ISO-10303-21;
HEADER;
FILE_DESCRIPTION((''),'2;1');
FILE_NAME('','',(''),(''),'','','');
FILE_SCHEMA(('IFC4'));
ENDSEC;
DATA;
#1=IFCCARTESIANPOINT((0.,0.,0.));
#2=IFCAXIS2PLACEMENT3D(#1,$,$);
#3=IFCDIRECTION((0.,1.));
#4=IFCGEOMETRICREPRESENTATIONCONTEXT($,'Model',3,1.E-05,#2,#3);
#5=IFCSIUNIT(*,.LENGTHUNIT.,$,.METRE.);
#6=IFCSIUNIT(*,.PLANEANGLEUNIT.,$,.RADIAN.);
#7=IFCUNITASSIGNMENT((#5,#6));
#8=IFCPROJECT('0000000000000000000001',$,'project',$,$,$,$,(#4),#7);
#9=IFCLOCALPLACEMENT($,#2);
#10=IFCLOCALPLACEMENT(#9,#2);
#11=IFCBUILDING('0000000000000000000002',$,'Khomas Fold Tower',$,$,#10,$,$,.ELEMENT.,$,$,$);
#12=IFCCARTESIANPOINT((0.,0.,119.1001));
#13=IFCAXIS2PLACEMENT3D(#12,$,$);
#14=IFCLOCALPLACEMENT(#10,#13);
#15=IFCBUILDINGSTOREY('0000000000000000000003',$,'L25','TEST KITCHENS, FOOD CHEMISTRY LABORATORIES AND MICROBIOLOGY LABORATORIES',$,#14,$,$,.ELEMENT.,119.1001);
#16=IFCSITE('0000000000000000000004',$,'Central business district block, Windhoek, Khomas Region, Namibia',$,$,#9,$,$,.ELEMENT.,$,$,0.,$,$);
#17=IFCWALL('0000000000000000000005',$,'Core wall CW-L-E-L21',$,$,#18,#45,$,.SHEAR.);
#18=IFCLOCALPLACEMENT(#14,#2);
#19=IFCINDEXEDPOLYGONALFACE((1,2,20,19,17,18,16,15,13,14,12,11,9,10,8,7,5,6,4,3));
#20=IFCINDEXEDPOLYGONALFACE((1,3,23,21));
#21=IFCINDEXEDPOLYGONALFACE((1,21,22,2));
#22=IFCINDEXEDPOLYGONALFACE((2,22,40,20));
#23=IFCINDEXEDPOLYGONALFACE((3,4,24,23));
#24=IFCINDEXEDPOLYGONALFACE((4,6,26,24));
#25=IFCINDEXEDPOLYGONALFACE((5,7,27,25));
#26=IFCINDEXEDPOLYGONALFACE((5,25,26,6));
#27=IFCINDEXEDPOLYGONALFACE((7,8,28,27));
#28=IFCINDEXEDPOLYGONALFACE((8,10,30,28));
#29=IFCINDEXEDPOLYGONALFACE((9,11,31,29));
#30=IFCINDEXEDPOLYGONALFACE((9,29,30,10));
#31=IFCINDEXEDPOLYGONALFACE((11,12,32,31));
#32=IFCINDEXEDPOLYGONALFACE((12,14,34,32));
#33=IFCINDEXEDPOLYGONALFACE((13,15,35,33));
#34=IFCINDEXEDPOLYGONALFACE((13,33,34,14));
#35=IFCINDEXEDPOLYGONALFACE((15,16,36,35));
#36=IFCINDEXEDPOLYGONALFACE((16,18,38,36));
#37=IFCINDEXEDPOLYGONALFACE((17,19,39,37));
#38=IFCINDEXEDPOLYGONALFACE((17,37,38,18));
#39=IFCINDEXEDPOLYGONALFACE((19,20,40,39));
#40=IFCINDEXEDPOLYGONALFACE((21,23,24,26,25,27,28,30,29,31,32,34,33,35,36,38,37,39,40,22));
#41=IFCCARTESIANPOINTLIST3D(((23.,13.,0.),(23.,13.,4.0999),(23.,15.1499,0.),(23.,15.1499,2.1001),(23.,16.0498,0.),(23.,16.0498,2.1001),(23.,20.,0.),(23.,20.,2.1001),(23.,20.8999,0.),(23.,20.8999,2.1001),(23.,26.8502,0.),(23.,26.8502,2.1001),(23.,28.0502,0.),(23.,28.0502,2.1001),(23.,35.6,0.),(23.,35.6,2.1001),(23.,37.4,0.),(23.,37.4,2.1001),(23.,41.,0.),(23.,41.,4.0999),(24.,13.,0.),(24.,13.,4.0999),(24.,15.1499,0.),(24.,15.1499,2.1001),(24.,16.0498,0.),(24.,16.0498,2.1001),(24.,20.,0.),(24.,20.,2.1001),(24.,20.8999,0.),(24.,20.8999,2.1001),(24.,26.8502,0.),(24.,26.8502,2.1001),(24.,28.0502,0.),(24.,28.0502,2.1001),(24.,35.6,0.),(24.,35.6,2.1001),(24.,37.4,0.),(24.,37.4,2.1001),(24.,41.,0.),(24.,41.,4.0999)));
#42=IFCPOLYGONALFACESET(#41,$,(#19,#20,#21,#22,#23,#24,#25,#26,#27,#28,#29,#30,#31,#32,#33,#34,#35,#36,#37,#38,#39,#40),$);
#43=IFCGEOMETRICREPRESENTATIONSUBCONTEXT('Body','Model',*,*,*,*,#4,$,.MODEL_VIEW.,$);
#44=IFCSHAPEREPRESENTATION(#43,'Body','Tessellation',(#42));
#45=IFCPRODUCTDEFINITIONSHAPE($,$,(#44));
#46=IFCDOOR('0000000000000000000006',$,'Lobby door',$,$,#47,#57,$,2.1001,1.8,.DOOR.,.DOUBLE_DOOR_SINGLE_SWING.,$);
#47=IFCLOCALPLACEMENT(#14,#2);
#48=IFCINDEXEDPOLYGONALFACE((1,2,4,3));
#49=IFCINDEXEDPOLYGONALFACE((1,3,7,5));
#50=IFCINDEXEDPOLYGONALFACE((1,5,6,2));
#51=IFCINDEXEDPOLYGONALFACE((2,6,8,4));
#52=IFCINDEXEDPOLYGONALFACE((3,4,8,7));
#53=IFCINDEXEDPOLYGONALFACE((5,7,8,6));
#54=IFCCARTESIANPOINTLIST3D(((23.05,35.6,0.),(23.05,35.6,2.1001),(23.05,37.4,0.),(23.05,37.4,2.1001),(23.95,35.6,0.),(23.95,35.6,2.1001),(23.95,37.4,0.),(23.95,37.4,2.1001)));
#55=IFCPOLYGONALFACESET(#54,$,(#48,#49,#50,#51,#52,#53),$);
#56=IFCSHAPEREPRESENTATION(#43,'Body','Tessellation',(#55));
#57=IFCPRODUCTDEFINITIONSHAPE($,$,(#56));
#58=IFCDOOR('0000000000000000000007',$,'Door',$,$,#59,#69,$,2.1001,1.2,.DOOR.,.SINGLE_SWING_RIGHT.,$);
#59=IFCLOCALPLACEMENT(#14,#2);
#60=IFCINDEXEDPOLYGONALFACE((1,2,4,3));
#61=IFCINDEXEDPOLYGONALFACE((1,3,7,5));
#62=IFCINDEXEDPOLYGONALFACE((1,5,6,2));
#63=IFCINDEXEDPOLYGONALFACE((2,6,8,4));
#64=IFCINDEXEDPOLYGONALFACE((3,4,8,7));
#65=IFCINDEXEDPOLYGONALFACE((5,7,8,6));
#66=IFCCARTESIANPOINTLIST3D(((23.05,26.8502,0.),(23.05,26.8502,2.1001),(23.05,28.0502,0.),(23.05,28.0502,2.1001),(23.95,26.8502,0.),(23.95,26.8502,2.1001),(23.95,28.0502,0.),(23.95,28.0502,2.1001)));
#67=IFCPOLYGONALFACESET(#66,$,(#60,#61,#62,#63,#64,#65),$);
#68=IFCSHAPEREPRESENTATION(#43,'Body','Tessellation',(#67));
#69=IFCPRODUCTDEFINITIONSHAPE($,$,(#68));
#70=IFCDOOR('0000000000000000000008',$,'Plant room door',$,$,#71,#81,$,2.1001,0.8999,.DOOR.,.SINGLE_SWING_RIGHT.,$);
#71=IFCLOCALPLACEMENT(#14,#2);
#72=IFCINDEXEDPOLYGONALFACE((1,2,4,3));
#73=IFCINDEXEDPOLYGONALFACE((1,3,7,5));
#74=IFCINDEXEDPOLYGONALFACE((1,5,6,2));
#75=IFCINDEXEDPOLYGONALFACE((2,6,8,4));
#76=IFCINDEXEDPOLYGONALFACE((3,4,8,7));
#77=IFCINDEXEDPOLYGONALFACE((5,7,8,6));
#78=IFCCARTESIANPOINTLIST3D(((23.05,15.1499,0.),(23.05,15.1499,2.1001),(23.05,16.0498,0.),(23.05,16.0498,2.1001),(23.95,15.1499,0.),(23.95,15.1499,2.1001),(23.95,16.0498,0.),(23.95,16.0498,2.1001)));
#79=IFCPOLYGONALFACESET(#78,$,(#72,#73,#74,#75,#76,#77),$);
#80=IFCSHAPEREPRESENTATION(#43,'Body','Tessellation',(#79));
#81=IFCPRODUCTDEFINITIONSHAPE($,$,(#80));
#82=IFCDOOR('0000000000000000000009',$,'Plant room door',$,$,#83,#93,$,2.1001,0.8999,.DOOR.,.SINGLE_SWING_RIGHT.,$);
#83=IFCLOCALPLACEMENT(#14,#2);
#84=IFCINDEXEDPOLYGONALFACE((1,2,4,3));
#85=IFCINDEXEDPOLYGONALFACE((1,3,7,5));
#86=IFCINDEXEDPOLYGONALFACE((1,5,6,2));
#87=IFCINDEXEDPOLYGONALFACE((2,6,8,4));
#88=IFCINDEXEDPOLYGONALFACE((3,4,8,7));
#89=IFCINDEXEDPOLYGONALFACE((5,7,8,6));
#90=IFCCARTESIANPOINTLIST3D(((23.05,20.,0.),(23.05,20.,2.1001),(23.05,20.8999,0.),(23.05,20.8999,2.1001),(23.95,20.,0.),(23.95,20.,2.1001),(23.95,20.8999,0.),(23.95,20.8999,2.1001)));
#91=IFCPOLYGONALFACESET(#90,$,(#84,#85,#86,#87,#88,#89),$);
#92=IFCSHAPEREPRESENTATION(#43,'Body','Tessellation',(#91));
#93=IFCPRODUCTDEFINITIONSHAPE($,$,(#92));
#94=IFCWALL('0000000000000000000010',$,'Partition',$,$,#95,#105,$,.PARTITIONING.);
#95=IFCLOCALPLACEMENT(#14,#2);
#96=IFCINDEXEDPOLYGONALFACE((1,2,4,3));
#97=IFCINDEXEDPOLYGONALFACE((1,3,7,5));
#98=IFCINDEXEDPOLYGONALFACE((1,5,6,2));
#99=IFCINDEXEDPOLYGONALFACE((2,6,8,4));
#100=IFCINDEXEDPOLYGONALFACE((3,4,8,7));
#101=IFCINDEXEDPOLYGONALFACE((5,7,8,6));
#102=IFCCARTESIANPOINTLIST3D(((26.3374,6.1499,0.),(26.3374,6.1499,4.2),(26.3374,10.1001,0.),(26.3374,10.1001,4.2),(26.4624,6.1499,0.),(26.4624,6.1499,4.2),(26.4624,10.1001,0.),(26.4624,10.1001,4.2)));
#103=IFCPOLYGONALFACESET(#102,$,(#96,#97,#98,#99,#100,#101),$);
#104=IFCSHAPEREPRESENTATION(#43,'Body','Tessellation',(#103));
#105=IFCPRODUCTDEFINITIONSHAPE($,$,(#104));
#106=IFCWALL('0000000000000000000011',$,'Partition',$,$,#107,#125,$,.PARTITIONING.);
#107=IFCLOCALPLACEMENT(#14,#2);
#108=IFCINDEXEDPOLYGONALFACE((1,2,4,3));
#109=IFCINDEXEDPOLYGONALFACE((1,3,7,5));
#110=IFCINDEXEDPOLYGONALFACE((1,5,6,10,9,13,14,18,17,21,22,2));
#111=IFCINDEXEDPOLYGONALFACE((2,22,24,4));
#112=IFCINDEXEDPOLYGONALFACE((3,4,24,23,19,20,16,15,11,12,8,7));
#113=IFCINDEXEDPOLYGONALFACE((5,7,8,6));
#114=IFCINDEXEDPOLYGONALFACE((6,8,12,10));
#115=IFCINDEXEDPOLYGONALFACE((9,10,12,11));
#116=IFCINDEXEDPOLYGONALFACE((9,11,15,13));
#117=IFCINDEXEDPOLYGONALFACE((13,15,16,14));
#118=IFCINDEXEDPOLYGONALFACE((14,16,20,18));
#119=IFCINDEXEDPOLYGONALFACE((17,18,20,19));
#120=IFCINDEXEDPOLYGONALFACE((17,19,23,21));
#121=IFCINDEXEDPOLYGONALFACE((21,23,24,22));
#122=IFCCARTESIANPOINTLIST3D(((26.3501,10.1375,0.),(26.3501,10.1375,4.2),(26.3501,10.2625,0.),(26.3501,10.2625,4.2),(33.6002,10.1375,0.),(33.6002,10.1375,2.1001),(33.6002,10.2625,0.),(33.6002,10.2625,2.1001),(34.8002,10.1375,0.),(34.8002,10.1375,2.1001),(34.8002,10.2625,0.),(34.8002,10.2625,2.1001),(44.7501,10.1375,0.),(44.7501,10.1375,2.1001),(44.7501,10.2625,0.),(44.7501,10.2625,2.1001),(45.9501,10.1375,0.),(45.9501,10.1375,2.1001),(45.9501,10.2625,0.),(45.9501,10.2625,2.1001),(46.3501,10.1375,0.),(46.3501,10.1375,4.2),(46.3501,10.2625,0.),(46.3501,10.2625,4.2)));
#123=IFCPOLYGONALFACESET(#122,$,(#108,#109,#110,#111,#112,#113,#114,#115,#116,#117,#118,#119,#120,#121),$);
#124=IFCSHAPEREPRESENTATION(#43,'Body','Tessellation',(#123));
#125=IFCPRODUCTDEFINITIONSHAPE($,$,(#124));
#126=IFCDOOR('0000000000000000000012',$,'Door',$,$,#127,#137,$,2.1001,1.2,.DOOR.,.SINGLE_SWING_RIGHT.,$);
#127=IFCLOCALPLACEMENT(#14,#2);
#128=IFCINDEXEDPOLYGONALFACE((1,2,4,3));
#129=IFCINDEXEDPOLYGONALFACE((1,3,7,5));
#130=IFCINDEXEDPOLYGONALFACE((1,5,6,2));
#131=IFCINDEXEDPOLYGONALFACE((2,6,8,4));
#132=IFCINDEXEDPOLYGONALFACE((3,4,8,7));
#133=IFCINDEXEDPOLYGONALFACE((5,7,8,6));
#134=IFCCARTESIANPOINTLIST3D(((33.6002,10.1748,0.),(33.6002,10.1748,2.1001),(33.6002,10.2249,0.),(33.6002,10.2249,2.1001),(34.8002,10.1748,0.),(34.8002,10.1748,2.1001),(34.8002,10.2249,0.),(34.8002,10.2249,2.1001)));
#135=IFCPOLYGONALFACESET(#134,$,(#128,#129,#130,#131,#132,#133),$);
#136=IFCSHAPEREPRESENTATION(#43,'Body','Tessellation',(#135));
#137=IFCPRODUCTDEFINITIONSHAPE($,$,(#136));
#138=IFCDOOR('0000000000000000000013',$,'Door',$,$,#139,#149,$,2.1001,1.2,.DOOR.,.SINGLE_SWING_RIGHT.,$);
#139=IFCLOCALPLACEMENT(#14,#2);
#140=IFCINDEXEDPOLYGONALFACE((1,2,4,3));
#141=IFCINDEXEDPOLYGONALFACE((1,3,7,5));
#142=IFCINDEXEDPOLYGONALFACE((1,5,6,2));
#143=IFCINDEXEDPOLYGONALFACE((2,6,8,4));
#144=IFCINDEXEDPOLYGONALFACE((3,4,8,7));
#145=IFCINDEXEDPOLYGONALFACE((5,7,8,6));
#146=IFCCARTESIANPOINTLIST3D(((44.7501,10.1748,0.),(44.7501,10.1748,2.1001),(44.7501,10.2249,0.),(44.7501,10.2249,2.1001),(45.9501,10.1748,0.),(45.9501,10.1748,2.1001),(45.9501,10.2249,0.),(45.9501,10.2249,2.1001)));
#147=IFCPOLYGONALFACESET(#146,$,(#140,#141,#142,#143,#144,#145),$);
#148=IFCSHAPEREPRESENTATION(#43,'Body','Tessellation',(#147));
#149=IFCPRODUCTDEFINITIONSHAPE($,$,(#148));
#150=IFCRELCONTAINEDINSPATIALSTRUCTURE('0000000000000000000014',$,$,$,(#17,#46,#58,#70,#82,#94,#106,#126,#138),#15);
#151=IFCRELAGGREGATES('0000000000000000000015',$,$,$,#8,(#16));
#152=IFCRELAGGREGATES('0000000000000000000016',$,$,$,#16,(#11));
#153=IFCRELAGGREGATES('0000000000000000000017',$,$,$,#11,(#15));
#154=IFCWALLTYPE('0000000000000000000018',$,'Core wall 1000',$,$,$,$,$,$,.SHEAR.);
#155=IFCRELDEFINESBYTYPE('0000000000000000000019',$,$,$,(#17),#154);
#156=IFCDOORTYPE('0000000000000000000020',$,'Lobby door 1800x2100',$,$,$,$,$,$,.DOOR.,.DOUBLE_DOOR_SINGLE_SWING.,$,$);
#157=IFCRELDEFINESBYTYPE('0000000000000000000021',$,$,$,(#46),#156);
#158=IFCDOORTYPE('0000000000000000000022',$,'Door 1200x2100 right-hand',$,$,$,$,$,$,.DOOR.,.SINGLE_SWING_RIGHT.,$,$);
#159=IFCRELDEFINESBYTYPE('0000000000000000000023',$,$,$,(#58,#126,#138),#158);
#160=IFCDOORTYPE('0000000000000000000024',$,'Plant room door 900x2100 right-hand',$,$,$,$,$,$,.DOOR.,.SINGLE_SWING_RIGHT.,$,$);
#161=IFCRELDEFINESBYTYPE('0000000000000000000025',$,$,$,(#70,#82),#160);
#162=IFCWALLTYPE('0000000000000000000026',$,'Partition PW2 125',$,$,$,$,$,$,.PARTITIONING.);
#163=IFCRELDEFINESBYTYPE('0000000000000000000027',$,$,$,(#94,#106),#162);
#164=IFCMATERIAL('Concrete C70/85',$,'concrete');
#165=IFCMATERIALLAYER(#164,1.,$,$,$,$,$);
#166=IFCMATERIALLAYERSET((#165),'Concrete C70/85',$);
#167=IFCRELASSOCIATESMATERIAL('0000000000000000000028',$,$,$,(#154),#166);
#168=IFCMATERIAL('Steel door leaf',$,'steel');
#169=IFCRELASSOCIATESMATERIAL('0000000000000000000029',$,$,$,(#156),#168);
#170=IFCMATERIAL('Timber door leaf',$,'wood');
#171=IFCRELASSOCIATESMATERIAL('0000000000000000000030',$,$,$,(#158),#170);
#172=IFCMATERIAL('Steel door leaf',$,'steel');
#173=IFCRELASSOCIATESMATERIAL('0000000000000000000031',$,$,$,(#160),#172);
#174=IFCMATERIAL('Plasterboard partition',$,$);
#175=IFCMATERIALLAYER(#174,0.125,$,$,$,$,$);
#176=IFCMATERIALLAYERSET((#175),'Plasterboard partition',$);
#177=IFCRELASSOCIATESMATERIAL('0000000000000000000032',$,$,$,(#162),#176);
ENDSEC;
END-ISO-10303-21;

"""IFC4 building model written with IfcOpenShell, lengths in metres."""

from ifc_helpers import new_model, si_unit, direction, frame, frame_2d, origin, place, context, subcontext, project, spatial, rectangle, extrude, source, transform, mapped, material, layer, layer_set, type_object, element, fill, save


model = new_model("IFC4")

# Units and contexts
model_context = context("Model", 3, precision=1e-05, world=origin(), true_north=direction((0.0, 1.0)))
body_context = subcontext(model_context, "Body", "Model", "MODEL_VIEW")
ifc_project = project(units=[si_unit("LENGTHUNIT", "METRE"), si_unit("PLANEANGLEUNIT", "RADIAN")], contexts=[model_context])

# Site, building, storey
site_placement = place(None, origin())
site = spatial("IfcSite", under=ifc_project, at=site_placement, Name="Central business district block, Windhoek, Khomas Region, Namibia", CompositionType="ELEMENT", RefElevation=0.0)
building_placement = place(site_placement, origin())
building = spatial("IfcBuilding", under=site, at=building_placement, Name="Khomas Fold Tower", CompositionType="ELEMENT")
storey_placement = place(building_placement, frame((0.0, 0.0, 119.1001)))
storey = spatial("IfcBuildingStorey", under=building, at=storey_placement, Name="L25", Description="TEST KITCHENS, FOOD CHEMISTRY LABORATORIES AND MICROBIOLOGY LABORATORIES", CompositionType="ELEMENT", Elevation=119.1001)

# Shared definitions
ifc_material_1 = material(Name="Concrete C70/85", Category="concrete")
ifc_layer_1 = layer(ifc_material_1, 1.0)
ifc_layer_set_1 = layer_set([ifc_layer_1], Name="Concrete C70/85")
wall_type_1 = type_object("IfcWallType", Name="Core wall 1000", PredefinedType="SHEAR", material=ifc_layer_set_1)

# Wall, openings, doors
shared_shape_1 = source(origin(), body_context, "Body", "SweptSolid", [
    extrude(rectangle(XDim=28.0, YDim=1.0, at=frame_2d((14.0, 0.0))), origin(), (0.0, 0.0, 1.0), 4.0999),
])
wall_1_placement = place(storey_placement, frame((23.5, 13.0, 0.0), z_axis=(0.0, 0.0, 1.0), x_axis=(0.0, 1.0, 0.0)))
wall_1 = element("IfcWall", 1, at=wall_1_placement, inside=storey, type_object=wall_type_1, Name="Core wall CW-L-E-L21", PredefinedType="SHEAR", context=body_context, shape_type="MappedRepresentation", body=[
    mapped(shared_shape_1, transform((0.0, 0.0, 0.0))),
])
shared_shape_2 = source(origin(), body_context, "Body", "SweptSolid", [
    extrude(rectangle(XDim=1.8, YDim=2.1001, at=frame_2d((0.8999, 1.05))), frame((0.0, 0.51, 0.0), z_axis=(0.0, -1.0, 0.0), x_axis=(1.0, 0.0, 0.0)), (0.0, 0.0, 1.0), 1.02),
])
opening_1_placement = place(wall_1_placement, frame((22.6001, 0.0, 0.0)))
opening_1 = element("IfcOpeningElement", 2, at=opening_1_placement, cuts=wall_1, PredefinedType="OPENING", context=body_context, shape_type="MappedRepresentation", body=[
    mapped(shared_shape_2, transform((0.0, 0.0, 0.0))),
])
shared_shape_3 = source(origin(), body_context, "Body", "SweptSolid", [
    extrude(rectangle(XDim=1.2, YDim=2.1001, at=frame_2d((0.6001, 1.05))), frame((0.0, 0.51, 0.0), z_axis=(0.0, -1.0, 0.0), x_axis=(1.0, 0.0, 0.0)), (0.0, 0.0, 1.0), 1.02),
])
opening_2_placement = place(wall_1_placement, frame((13.8501, 0.0, 0.0)))
opening_2 = element("IfcOpeningElement", 3, at=opening_2_placement, cuts=wall_1, PredefinedType="OPENING", context=body_context, shape_type="MappedRepresentation", body=[
    mapped(shared_shape_3, transform((0.0, 0.0, 0.0))),
])
shared_shape_4 = source(origin(), body_context, "Body", "SweptSolid", [
    extrude(rectangle(XDim=0.8999, YDim=2.1001, at=frame_2d((0.45, 1.05))), frame((0.0, 0.51, 0.0), z_axis=(0.0, -1.0, 0.0), x_axis=(1.0, 0.0, 0.0)), (0.0, 0.0, 1.0), 1.02),
])
opening_3_placement = place(wall_1_placement, frame((2.1499, 0.0, 0.0)))
opening_3 = element("IfcOpeningElement", 4, at=opening_3_placement, cuts=wall_1, PredefinedType="OPENING", context=body_context, shape_type="MappedRepresentation", body=[
    mapped(shared_shape_4, transform((0.0, 0.0, 0.0))),
])
opening_4_placement = place(wall_1_placement, frame((7.0, 0.0, 0.0)))
opening_4 = element("IfcOpeningElement", 5, at=opening_4_placement, cuts=wall_1, PredefinedType="OPENING", context=body_context, shape_type="MappedRepresentation", body=[
    mapped(shared_shape_4, transform((0.0, 0.0, 0.0))),
])
ifc_material_2 = material(Name="Steel door leaf", Category="steel")
door_type_1 = type_object("IfcDoorType", Name="Lobby door 1800x2100", OperationType="DOUBLE_DOOR_SINGLE_SWING", PredefinedType="DOOR", material=ifc_material_2)
shared_shape_5 = source(origin(), body_context, "Body", "SweptSolid", [
    extrude(rectangle(XDim=1.8, YDim=2.1001, at=frame_2d((0.8999, 1.05))), frame((0.0, 0.45, 0.0), z_axis=(0.0, -1.0, 0.0), x_axis=(1.0, 0.0, 0.0)), (0.0, 0.0, 1.0), 0.8999),
])
door_1_placement = place(opening_1_placement, origin())
door_1 = element("IfcDoor", 6, at=door_1_placement, inside=storey, type_object=door_type_1, Name="Lobby door", OperationType="DOUBLE_DOOR_SINGLE_SWING", OverallHeight=2.1001, OverallWidth=1.8, PredefinedType="DOOR", context=body_context, shape_type="MappedRepresentation", body=[
    mapped(shared_shape_5, transform((0.0, 0.0, 0.0))),
])
fill(opening_1, door_1)
ifc_material_3 = material(Name="Timber door leaf", Category="wood")
door_type_2 = type_object("IfcDoorType", Name="Door 1200x2100 right-hand", OperationType="SINGLE_SWING_RIGHT", PredefinedType="DOOR", material=ifc_material_3)
shared_shape_6 = source(origin(), body_context, "Body", "SweptSolid", [
    extrude(rectangle(XDim=1.2, YDim=2.1001, at=frame_2d((0.6001, 1.05))), frame((0.0, 0.45, 0.0), z_axis=(0.0, -1.0, 0.0), x_axis=(1.0, 0.0, 0.0)), (0.0, 0.0, 1.0), 0.8999),
])
door_2_placement = place(opening_2_placement, origin())
door_2 = element("IfcDoor", 7, at=door_2_placement, inside=storey, type_object=door_type_2, Name="Door", OperationType="SINGLE_SWING_RIGHT", OverallHeight=2.1001, OverallWidth=1.2, PredefinedType="DOOR", context=body_context, shape_type="MappedRepresentation", body=[
    mapped(shared_shape_6, transform((0.0, 0.0, 0.0))),
])
fill(opening_2, door_2)
ifc_material_4 = material(Name="Steel door leaf", Category="steel")
door_type_3 = type_object("IfcDoorType", Name="Plant room door 900x2100 right-hand", OperationType="SINGLE_SWING_RIGHT", PredefinedType="DOOR", material=ifc_material_4)
shared_shape_7 = source(origin(), body_context, "Body", "SweptSolid", [
    extrude(rectangle(XDim=0.8999, YDim=2.1001, at=frame_2d((0.45, 1.05))), frame((0.0, 0.45, 0.0), z_axis=(0.0, -1.0, 0.0), x_axis=(1.0, 0.0, 0.0)), (0.0, 0.0, 1.0), 0.8999),
])
door_3_placement = place(opening_3_placement, origin())
door_3 = element("IfcDoor", 8, at=door_3_placement, inside=storey, type_object=door_type_3, Name="Plant room door", OperationType="SINGLE_SWING_RIGHT", OverallHeight=2.1001, OverallWidth=0.8999, PredefinedType="DOOR", context=body_context, shape_type="MappedRepresentation", body=[
    mapped(shared_shape_7, transform((0.0, 0.0, 0.0))),
])
fill(opening_3, door_3)
door_4_placement = place(opening_4_placement, origin())
door_4 = element("IfcDoor", 9, at=door_4_placement, inside=storey, type_object=door_type_3, Name="Plant room door", OperationType="SINGLE_SWING_RIGHT", OverallHeight=2.1001, OverallWidth=0.8999, PredefinedType="DOOR", context=body_context, shape_type="MappedRepresentation", body=[
    mapped(shared_shape_7, transform((0.0, 0.0, 0.0))),
])
fill(opening_4, door_4)

# Wall
ifc_material_5 = material(Name="Plasterboard partition")
ifc_layer_2 = layer(ifc_material_5, 0.125)
ifc_layer_set_2 = layer_set([ifc_layer_2], Name="Plasterboard partition")
wall_type_2 = type_object("IfcWallType", Name="Partition PW2 125", PredefinedType="PARTITIONING", material=ifc_layer_set_2)
shared_shape_8 = source(origin(), body_context, "Body", "SweptSolid", [
    extrude(rectangle(XDim=3.9502, YDim=0.125, at=frame_2d((1.9751, 0.0))), origin(), (0.0, 0.0, 1.0), 4.2),
])
wall_2_placement = place(storey_placement, frame((26.3999, 6.1499, 0.0), z_axis=(0.0, 0.0, 1.0), x_axis=(0.0, 1.0, 0.0)))
element("IfcWall", 10, at=wall_2_placement, inside=storey, type_object=wall_type_2, Name="Partition", PredefinedType="PARTITIONING", context=body_context, shape_type="MappedRepresentation", body=[
    mapped(shared_shape_8, transform((0.0, 0.0, 0.0))),
])

# Wall, openings, doors
shared_shape_9 = source(origin(), body_context, "Body", "SweptSolid", [
    extrude(rectangle(XDim=20.0, YDim=0.125, at=frame_2d((10.0, 0.0))), origin(), (0.0, 0.0, 1.0), 4.2),
])
wall_3_placement = place(storey_placement, frame((26.3501, 10.2, 0.0), z_axis=(0.0, 0.0, 1.0), x_axis=(1.0, 0.0, 0.0)))
wall_3 = element("IfcWall", 11, at=wall_3_placement, inside=storey, type_object=wall_type_2, Name="Partition", PredefinedType="PARTITIONING", context=body_context, shape_type="MappedRepresentation", body=[
    mapped(shared_shape_9, transform((0.0, 0.0, 0.0))),
])
shared_shape_10 = source(origin(), body_context, "Body", "SweptSolid", [
    extrude(rectangle(XDim=1.2, YDim=2.1001, at=frame_2d((0.6001, 1.05))), frame((0.0, 0.0725, 0.0), z_axis=(0.0, -1.0, 0.0), x_axis=(1.0, 0.0, 0.0)), (0.0, 0.0, 1.0), 0.145),
])
opening_5_placement = place(wall_3_placement, frame((7.25, 0.0, 0.0)))
opening_5 = element("IfcOpeningElement", 12, at=opening_5_placement, cuts=wall_3, PredefinedType="OPENING", context=body_context, shape_type="MappedRepresentation", body=[
    mapped(shared_shape_10, transform((0.0, 0.0, 0.0))),
])
opening_6_placement = place(wall_3_placement, frame((18.3999, 0.0, 0.0)))
opening_6 = element("IfcOpeningElement", 13, at=opening_6_placement, cuts=wall_3, PredefinedType="OPENING", context=body_context, shape_type="MappedRepresentation", body=[
    mapped(shared_shape_10, transform((0.0, 0.0, 0.0))),
])
shared_shape_11 = source(origin(), body_context, "Body", "SweptSolid", [
    extrude(rectangle(XDim=1.2, YDim=2.1001, at=frame_2d((0.6001, 1.05))), frame((0.0, 0.0249, 0.0), z_axis=(0.0, -1.0, 0.0), x_axis=(1.0, 0.0, 0.0)), (0.0, 0.0, 1.0), 0.05),
])
door_5_placement = place(opening_5_placement, origin())
door_5 = element("IfcDoor", 14, at=door_5_placement, inside=storey, type_object=door_type_2, Name="Door", OperationType="SINGLE_SWING_RIGHT", OverallHeight=2.1001, OverallWidth=1.2, PredefinedType="DOOR", context=body_context, shape_type="MappedRepresentation", body=[
    mapped(shared_shape_11, transform((0.0, 0.0, 0.0))),
])
fill(opening_5, door_5)
door_6_placement = place(opening_6_placement, origin())
door_6 = element("IfcDoor", 15, at=door_6_placement, inside=storey, type_object=door_type_2, Name="Door", OperationType="SINGLE_SWING_RIGHT", OverallHeight=2.1001, OverallWidth=1.2, PredefinedType="DOOR", context=body_context, shape_type="MappedRepresentation", body=[
    mapped(shared_shape_11, transform((0.0, 0.0, 0.0))),
])
fill(opening_6, door_6)

save(model, "model.ifc")
